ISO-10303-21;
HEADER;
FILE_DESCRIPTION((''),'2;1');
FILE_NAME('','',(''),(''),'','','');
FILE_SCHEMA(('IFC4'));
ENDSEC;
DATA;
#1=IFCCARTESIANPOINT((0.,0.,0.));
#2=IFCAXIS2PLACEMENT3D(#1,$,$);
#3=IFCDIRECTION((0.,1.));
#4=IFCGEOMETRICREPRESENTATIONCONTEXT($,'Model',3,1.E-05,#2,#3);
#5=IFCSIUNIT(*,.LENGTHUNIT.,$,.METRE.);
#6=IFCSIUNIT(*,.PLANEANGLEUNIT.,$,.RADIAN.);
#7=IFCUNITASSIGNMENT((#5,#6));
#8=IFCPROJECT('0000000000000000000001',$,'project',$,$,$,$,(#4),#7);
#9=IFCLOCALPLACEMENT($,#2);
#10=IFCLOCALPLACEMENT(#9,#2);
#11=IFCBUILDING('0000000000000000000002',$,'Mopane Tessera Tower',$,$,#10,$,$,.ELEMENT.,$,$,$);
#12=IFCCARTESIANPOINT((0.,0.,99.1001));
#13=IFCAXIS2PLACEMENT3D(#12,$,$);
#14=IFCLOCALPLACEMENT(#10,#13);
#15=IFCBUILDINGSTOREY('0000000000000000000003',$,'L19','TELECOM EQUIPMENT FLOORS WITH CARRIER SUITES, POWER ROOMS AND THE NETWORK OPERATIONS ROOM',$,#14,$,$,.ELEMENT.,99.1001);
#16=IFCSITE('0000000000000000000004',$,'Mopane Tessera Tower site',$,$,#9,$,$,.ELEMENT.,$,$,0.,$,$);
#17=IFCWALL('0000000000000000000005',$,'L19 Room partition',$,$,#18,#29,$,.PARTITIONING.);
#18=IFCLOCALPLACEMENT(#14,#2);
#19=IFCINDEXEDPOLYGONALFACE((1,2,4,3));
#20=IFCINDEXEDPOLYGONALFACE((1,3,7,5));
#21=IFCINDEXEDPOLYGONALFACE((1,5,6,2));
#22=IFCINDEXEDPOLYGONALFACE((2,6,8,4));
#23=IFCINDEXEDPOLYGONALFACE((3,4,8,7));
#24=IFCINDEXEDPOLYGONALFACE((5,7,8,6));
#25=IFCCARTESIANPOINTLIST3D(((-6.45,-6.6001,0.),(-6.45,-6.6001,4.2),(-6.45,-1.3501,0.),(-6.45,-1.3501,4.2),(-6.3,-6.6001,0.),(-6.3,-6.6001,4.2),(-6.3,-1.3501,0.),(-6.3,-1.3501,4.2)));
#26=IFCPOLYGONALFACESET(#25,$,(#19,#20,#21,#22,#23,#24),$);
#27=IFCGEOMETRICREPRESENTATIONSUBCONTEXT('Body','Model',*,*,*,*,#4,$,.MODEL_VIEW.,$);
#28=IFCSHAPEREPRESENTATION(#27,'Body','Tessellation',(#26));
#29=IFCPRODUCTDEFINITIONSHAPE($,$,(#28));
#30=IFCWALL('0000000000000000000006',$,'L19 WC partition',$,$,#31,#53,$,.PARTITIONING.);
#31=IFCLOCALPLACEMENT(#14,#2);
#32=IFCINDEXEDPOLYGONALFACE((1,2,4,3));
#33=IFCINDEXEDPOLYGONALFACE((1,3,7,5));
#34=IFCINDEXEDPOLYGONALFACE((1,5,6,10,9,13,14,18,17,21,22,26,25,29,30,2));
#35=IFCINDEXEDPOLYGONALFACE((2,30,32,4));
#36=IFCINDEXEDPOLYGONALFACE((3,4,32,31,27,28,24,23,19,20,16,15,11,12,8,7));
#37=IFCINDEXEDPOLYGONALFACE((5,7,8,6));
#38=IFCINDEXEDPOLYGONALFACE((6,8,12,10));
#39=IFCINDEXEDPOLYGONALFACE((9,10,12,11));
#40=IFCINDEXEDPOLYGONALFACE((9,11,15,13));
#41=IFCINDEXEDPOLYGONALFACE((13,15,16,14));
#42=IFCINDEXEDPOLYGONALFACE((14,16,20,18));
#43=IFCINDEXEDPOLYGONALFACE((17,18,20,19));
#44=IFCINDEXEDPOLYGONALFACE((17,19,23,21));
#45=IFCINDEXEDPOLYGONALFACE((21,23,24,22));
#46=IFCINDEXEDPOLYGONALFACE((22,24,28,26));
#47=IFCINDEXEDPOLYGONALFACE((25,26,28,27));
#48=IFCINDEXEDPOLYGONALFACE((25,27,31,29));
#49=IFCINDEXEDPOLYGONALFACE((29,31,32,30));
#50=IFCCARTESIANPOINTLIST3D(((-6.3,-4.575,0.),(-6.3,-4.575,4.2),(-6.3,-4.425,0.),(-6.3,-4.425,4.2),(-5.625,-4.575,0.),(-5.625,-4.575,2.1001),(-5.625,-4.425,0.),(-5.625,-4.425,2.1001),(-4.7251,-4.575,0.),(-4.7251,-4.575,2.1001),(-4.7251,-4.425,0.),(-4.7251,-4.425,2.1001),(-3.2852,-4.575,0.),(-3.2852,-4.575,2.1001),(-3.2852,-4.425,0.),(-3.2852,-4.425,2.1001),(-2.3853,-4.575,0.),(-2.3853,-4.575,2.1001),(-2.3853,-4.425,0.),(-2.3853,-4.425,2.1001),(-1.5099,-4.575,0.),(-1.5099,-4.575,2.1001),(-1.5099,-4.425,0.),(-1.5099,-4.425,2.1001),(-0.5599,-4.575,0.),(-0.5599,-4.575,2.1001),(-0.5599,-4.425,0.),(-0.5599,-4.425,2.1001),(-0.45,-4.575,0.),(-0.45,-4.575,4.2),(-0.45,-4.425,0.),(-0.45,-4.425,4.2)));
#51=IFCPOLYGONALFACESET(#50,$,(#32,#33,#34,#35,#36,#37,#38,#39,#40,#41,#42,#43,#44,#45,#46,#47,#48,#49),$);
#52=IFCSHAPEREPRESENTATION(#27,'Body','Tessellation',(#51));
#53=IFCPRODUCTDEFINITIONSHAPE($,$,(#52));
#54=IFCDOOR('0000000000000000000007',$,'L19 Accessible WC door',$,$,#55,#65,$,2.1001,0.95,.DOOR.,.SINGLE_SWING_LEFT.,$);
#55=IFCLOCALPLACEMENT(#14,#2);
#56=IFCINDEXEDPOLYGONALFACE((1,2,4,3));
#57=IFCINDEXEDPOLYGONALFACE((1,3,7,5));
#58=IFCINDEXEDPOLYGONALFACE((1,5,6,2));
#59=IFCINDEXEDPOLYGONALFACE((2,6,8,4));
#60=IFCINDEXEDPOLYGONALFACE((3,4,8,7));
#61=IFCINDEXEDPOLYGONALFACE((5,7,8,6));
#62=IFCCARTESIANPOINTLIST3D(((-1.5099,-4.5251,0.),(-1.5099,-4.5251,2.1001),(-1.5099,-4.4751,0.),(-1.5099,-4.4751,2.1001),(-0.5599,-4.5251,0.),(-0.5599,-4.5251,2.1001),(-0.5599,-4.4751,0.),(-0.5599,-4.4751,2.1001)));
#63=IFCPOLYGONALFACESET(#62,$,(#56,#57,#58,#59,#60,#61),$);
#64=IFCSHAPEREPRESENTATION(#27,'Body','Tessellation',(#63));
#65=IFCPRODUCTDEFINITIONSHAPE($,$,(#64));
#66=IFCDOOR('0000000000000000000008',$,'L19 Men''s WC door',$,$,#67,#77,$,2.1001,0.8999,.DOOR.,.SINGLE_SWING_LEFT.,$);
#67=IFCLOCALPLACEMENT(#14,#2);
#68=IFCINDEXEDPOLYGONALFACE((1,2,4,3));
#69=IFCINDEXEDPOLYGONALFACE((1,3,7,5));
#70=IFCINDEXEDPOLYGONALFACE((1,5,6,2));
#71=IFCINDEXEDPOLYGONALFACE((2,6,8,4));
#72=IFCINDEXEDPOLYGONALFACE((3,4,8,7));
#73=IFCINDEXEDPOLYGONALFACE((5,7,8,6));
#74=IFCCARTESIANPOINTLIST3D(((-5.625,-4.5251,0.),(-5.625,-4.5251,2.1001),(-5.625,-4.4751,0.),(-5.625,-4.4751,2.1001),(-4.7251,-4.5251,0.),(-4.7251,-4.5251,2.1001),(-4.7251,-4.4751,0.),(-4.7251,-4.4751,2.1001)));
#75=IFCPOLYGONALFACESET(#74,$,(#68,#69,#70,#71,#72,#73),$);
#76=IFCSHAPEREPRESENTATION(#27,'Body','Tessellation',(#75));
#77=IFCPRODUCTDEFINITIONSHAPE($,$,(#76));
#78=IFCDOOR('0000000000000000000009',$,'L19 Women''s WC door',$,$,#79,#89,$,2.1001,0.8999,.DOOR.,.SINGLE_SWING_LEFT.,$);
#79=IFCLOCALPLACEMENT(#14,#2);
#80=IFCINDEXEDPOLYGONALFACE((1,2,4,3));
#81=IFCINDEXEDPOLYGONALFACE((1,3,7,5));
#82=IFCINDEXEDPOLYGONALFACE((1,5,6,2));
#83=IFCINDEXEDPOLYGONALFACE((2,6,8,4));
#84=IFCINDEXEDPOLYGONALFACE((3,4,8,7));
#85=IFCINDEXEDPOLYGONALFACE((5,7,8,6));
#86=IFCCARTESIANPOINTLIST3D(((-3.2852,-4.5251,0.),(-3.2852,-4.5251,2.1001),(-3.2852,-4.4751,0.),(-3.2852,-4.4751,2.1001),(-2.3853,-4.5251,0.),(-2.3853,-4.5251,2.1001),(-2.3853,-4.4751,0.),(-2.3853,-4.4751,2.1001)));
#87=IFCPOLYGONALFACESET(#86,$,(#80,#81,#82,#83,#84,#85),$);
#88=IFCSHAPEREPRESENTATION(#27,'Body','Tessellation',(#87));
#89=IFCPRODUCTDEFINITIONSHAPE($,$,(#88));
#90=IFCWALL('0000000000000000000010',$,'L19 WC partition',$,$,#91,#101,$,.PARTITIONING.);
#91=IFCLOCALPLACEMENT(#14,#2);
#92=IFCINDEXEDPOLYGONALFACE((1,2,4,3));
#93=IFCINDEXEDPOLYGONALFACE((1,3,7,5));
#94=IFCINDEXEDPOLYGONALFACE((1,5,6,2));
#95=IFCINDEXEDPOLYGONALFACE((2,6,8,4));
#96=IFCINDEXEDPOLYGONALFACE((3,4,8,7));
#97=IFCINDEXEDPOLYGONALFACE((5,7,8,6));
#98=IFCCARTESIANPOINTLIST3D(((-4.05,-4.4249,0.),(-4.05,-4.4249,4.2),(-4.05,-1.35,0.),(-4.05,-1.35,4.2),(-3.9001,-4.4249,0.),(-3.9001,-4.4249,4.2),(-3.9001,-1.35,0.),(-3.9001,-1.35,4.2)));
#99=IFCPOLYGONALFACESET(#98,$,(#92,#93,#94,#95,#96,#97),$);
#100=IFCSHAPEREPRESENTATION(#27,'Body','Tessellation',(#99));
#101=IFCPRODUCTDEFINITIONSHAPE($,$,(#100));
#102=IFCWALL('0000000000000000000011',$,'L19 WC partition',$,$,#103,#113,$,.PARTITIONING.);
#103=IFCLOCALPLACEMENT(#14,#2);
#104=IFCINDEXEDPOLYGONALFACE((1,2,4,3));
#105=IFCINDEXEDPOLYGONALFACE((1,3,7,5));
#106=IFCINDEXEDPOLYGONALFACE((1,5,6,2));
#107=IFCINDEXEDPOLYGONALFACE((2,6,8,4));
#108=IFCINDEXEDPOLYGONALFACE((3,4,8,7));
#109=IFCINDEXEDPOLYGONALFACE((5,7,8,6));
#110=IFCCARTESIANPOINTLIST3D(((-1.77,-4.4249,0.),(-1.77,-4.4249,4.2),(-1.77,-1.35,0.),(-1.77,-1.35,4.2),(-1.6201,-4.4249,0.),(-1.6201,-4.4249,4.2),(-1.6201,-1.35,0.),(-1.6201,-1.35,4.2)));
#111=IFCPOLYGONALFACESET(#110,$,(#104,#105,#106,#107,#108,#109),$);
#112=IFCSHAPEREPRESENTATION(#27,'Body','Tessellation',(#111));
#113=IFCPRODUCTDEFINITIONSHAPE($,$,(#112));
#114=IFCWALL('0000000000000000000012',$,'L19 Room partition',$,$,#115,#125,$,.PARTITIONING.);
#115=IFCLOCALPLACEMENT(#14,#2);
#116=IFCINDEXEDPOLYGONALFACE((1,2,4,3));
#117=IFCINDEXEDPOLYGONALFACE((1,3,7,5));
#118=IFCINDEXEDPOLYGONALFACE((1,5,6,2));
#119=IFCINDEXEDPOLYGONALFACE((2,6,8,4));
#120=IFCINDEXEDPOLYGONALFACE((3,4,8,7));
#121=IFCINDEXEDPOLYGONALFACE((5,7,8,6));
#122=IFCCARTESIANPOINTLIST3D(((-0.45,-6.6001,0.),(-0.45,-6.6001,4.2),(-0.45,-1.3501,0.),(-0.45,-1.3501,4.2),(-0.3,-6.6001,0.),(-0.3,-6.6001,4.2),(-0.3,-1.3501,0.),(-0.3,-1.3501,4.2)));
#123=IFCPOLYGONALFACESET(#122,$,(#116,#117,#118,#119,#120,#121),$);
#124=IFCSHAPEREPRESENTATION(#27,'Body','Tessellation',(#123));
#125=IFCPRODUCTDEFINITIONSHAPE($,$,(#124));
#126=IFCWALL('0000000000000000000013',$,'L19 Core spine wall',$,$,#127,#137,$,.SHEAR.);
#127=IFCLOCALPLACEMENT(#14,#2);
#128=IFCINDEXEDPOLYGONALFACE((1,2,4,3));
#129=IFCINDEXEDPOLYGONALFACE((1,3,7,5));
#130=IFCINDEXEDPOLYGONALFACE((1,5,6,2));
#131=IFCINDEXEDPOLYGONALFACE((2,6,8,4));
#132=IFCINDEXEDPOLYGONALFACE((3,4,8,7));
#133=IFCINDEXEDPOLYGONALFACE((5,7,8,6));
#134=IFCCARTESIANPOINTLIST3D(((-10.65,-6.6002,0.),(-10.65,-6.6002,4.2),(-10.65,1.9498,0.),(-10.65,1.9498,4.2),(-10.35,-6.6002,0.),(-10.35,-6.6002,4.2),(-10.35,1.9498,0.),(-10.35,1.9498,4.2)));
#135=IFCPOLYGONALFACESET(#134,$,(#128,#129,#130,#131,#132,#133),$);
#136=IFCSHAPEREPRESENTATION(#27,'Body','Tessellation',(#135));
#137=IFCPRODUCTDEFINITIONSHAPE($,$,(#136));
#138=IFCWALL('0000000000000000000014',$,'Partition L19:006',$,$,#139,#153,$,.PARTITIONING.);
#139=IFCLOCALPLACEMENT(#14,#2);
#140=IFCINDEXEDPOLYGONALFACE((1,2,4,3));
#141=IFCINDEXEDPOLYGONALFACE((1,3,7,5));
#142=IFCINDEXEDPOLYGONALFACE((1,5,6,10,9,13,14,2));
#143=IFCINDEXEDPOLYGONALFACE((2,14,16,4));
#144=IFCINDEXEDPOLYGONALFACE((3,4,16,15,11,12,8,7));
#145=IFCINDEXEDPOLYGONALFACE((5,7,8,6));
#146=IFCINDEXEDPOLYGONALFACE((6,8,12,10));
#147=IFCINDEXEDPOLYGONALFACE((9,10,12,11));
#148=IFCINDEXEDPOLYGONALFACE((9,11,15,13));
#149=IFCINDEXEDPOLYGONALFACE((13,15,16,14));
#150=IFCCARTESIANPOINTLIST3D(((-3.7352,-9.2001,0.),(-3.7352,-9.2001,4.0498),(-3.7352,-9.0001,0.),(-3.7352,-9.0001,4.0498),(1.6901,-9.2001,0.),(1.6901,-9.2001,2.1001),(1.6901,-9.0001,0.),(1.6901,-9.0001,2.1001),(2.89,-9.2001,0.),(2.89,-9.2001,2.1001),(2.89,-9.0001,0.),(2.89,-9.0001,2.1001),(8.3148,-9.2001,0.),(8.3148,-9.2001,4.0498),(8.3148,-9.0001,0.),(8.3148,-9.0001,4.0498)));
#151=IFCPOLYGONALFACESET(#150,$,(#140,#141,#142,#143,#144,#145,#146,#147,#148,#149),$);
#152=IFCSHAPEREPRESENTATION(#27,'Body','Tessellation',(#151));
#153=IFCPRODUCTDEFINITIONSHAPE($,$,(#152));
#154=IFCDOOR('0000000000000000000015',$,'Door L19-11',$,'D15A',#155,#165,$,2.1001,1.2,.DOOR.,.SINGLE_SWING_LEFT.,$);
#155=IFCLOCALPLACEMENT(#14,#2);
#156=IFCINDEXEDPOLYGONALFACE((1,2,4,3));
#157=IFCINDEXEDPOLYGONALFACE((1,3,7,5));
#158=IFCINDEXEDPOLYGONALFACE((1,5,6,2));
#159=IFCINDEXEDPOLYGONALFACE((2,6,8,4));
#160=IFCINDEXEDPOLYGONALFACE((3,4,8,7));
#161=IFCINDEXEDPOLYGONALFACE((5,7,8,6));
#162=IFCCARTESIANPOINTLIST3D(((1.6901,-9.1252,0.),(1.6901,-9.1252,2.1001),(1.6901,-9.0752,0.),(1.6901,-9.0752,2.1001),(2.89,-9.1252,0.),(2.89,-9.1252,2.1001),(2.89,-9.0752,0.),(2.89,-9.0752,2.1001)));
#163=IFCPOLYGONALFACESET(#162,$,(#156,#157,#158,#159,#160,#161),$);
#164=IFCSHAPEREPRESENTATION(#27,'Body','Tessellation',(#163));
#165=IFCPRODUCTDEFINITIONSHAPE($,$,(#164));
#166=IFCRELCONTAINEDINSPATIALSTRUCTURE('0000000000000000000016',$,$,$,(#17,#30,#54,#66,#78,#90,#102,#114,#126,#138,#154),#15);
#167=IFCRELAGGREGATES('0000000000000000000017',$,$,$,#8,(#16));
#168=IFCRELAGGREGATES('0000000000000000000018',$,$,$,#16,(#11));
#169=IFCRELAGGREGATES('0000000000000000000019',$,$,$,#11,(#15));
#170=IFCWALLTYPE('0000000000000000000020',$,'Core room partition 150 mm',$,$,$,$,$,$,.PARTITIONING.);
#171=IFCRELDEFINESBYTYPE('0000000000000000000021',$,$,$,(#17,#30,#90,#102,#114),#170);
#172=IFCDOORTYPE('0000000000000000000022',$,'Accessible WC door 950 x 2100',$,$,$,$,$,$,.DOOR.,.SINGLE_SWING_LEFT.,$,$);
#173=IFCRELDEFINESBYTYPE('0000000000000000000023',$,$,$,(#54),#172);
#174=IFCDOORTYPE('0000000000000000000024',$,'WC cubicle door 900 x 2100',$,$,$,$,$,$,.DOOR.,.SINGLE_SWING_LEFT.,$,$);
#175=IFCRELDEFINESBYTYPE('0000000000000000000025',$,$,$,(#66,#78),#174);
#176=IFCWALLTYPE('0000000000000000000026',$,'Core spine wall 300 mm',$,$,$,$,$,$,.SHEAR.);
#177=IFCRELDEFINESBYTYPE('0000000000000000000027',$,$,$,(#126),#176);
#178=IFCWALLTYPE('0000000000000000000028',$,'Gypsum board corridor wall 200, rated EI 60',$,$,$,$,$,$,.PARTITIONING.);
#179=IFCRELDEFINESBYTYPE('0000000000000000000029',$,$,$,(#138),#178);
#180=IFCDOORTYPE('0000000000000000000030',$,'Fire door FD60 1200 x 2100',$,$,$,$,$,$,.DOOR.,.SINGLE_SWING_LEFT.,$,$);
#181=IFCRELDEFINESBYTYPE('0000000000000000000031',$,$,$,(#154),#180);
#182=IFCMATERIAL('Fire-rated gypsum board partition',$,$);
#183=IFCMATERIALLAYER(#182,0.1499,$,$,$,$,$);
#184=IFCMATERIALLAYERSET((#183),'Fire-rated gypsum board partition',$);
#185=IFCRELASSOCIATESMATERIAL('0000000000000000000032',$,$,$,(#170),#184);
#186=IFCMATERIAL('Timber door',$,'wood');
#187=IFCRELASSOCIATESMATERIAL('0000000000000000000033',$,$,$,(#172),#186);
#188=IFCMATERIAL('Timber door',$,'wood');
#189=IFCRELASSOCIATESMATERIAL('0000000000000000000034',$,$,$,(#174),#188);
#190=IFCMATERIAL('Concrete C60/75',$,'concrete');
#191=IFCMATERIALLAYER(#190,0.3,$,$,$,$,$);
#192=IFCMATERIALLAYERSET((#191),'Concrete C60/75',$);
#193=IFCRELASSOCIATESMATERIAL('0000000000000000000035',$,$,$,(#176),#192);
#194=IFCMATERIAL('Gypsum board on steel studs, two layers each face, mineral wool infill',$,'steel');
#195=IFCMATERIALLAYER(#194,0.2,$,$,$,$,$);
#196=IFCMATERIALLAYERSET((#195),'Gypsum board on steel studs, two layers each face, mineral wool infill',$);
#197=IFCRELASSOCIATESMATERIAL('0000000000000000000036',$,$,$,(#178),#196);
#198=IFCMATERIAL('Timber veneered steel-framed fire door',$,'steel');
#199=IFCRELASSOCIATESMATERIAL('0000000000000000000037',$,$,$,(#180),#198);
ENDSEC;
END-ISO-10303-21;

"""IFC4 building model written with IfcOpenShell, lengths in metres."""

from ifc_helpers import new_model, si_unit, direction, frame, frame_2d, origin, place, context, subcontext, project, spatial, rectangle, extrude, material, layer, layer_set, type_object, element, fill, save


model = new_model("IFC4")

# Units and contexts
model_context = context("Model", 3, precision=1e-05, world=origin(), true_north=direction((0.0, 1.0)))
body_context = subcontext(model_context, "Body", "Model", "MODEL_VIEW")
ifc_project = project(units=[si_unit("LENGTHUNIT", "METRE"), si_unit("PLANEANGLEUNIT", "RADIAN")], contexts=[model_context])

# Site, building, storey
site_placement = place(None, origin())
site = spatial("IfcSite", under=ifc_project, at=site_placement, Name="Mopane Tessera Tower site", CompositionType="ELEMENT", RefElevation=0.0)
building_placement = place(site_placement, origin())
building = spatial("IfcBuilding", under=site, at=building_placement, Name="Mopane Tessera Tower", CompositionType="ELEMENT")
storey_placement = place(building_placement, frame((0.0, 0.0, 99.1001)))
storey = spatial("IfcBuildingStorey", under=building, at=storey_placement, Name="L19", Description="TELECOM EQUIPMENT FLOORS WITH CARRIER SUITES, POWER ROOMS AND THE NETWORK OPERATIONS ROOM", CompositionType="ELEMENT", Elevation=99.1001)

# Wall
ifc_material_1 = material(Name="Fire-rated gypsum board partition")
ifc_layer_1 = layer(ifc_material_1, 0.1499)
ifc_layer_set_1 = layer_set([ifc_layer_1], Name="Fire-rated gypsum board partition")
wall_type_1 = type_object("IfcWallType", Name="Core room partition 150 mm", PredefinedType="PARTITIONING", material=ifc_layer_set_1)
wall_1_placement = place(storey_placement, frame((-6.375, -6.6001, 0.0), z_axis=(0.0, 0.0, 1.0), x_axis=(0.0, 1.0, 0.0)))
element("IfcWall", 1, at=wall_1_placement, inside=storey, type_object=wall_type_1, Name="L19 Room partition", PredefinedType="PARTITIONING", context=body_context, shape_type="SweptSolid", body=[
    extrude(rectangle(XDim=5.25, YDim=0.1499, at=frame_2d((2.625, 0.0))), origin(), (0.0, 0.0, 1.0), 4.2),
])

# Wall, openings, doors
wall_2_placement = place(storey_placement, frame((-6.3, -4.5, 0.0), z_axis=(0.0, 0.0, 1.0), x_axis=(1.0, 0.0, 0.0)))
wall_2 = element("IfcWall", 2, at=wall_2_placement, inside=storey, type_object=wall_type_1, Name="L19 WC partition", PredefinedType="PARTITIONING", context=body_context, shape_type="SweptSolid", body=[
    extrude(rectangle(XDim=5.8501, YDim=0.1499, at=frame_2d((2.925, 0.0))), origin(), (0.0, 0.0, 1.0), 4.2),
])
opening_1_placement = place(wall_2_placement, frame((0.675, 0.0, 0.0)))
opening_1 = element("IfcOpeningElement", 3, at=opening_1_placement, cuts=wall_2, PredefinedType="OPENING", context=body_context, shape_type="SweptSolid", body=[
    extrude(rectangle(XDim=0.8999, YDim=2.1001, at=frame_2d((0.45, 1.05))), frame((0.0, 0.0869, 0.0), z_axis=(0.0, -1.0, 0.0), x_axis=(1.0, 0.0, 0.0)), (0.0, 0.0, 1.0), 0.1738),
])
opening_2_placement = place(wall_2_placement, frame((3.0149, 0.0, 0.0)))
opening_2 = element("IfcOpeningElement", 4, at=opening_2_placement, cuts=wall_2, PredefinedType="OPENING", context=body_context, shape_type="SweptSolid", body=[
    extrude(rectangle(XDim=0.8999, YDim=2.1001, at=frame_2d((0.45, 1.05))), frame((0.0, 0.0869, 0.0), z_axis=(0.0, -1.0, 0.0), x_axis=(1.0, 0.0, 0.0)), (0.0, 0.0, 1.0), 0.1738),
])
opening_3_placement = place(wall_2_placement, frame((4.79, 0.0, 0.0)))
opening_3 = element("IfcOpeningElement", 5, at=opening_3_placement, cuts=wall_2, PredefinedType="OPENING", context=body_context, shape_type="SweptSolid", body=[
    extrude(rectangle(XDim=0.95, YDim=2.1001, at=frame_2d((0.4751, 1.05))), frame((0.0, 0.0869, 0.0), z_axis=(0.0, -1.0, 0.0), x_axis=(1.0, 0.0, 0.0)), (0.0, 0.0, 1.0), 0.1738),
])
ifc_material_2 = material(Name="Timber door", Category="wood")
door_type_1 = type_object("IfcDoorType", Name="Accessible WC door 950 x 2100", OperationType="SINGLE_SWING_LEFT", PredefinedType="DOOR", material=ifc_material_2)
door_1_placement = place(opening_3_placement, origin())
door_1 = element("IfcDoor", 6, at=door_1_placement, inside=storey, type_object=door_type_1, Name="L19 Accessible WC door", OperationType="SINGLE_SWING_LEFT", OverallHeight=2.1001, OverallWidth=0.95, PredefinedType="DOOR", context=body_context, shape_type="SweptSolid", body=[
    extrude(rectangle(XDim=0.95, YDim=2.1001, at=frame_2d((0.4751, 1.05))), frame((0.0, 0.0249, 0.0), z_axis=(0.0, -1.0, 0.0), x_axis=(1.0, 0.0, 0.0)), (0.0, 0.0, 1.0), 0.05),
])
fill(opening_3, door_1)
ifc_material_3 = material(Name="Timber door", Category="wood")
door_type_2 = type_object("IfcDoorType", Name="WC cubicle door 900 x 2100", OperationType="SINGLE_SWING_LEFT", PredefinedType="DOOR", material=ifc_material_3)
door_2_placement = place(opening_1_placement, origin())
door_2 = element("IfcDoor", 7, at=door_2_placement, inside=storey, type_object=door_type_2, Name="L19 Men's WC door", OperationType="SINGLE_SWING_LEFT", OverallHeight=2.1001, OverallWidth=0.8999, PredefinedType="DOOR", context=body_context, shape_type="SweptSolid", body=[
    extrude(rectangle(XDim=0.8999, YDim=2.1001, at=frame_2d((0.45, 1.05))), frame((0.0, 0.0249, 0.0), z_axis=(0.0, -1.0, 0.0), x_axis=(1.0, 0.0, 0.0)), (0.0, 0.0, 1.0), 0.05),
])
fill(opening_1, door_2)
door_3_placement = place(opening_2_placement, origin())
door_3 = element("IfcDoor", 8, at=door_3_placement, inside=storey, type_object=door_type_2, Name="L19 Women's WC door", OperationType="SINGLE_SWING_LEFT", OverallHeight=2.1001, OverallWidth=0.8999, PredefinedType="DOOR", context=body_context, shape_type="SweptSolid", body=[
    extrude(rectangle(XDim=0.8999, YDim=2.1001, at=frame_2d((0.45, 1.05))), frame((0.0, 0.0249, 0.0), z_axis=(0.0, -1.0, 0.0), x_axis=(1.0, 0.0, 0.0)), (0.0, 0.0, 1.0), 0.05),
])
fill(opening_2, door_3)

# Walls
for number, where, z_axis, x_axis, name in (
    (9, (-3.9751, -4.425, 0.0), (0.0, 0.0, 1.0), (0.0, 1.0, 0.0), "L19 WC partition"),
    (10, (-1.6951, -4.425, 0.0), (0.0, 0.0, 1.0), (0.0, 1.0, 0.0), "L19 WC partition"),
):
    element("IfcWall", number, at=place(storey_placement, frame(where, z_axis=z_axis, x_axis=x_axis)), inside=storey, type_object=wall_type_1, Name=name, PredefinedType="PARTITIONING", context=body_context, shape_type="SweptSolid", body=[
        extrude(rectangle(XDim=3.075, YDim=0.1499, at=frame_2d((1.5376, 0.0))), origin(), (0.0, 0.0, 1.0), 4.2),
    ])
wall_3_placement = place(storey_placement, frame((-0.375, -6.6001, 0.0), z_axis=(0.0, 0.0, 1.0), x_axis=(0.0, 1.0, 0.0)))
element("IfcWall", 11, at=wall_3_placement, inside=storey, type_object=wall_type_1, Name="L19 Room partition", PredefinedType="PARTITIONING", context=body_context, shape_type="SweptSolid", body=[
    extrude(rectangle(XDim=5.25, YDim=0.1499, at=frame_2d((2.625, 0.0))), origin(), (0.0, 0.0, 1.0), 4.2),
])
ifc_material_4 = material(Name="Concrete C60/75", Category="concrete")
ifc_layer_2 = layer(ifc_material_4, 0.3)
ifc_layer_set_2 = layer_set([ifc_layer_2], Name="Concrete C60/75")
wall_type_2 = type_object("IfcWallType", Name="Core spine wall 300 mm", PredefinedType="SHEAR", material=ifc_layer_set_2)
wall_4_placement = place(storey_placement, frame((-10.5, -6.6001, 0.0), z_axis=(0.0, 0.0, 1.0), x_axis=(0.0, 1.0, 0.0)))
element("IfcWall", 12, at=wall_4_placement, inside=storey, type_object=wall_type_2, Name="L19 Core spine wall", PredefinedType="SHEAR", context=body_context, shape_type="SweptSolid", body=[
    extrude(rectangle(XDim=8.55, YDim=0.3, at=frame_2d((4.2749, 0.0))), origin(), (0.0, 0.0, 1.0), 4.2),
])

# Wall, opening, door
ifc_material_5 = material(Name="Gypsum board on steel studs, two layers each face, mineral wool infill", Category="steel")
ifc_layer_3 = layer(ifc_material_5, 0.2)
ifc_layer_set_3 = layer_set([ifc_layer_3], Name="Gypsum board on steel studs, two layers each face, mineral wool infill")
wall_type_3 = type_object("IfcWallType", Name="Gypsum board corridor wall 200, rated EI 60", PredefinedType="PARTITIONING", material=ifc_layer_set_3)
wall_5_placement = place(storey_placement, frame((-3.7351, -9.1001, 0.0), z_axis=(0.0, 0.0, 1.0), x_axis=(1.0, 0.0, 0.0)))
wall_5 = element("IfcWall", 13, at=wall_5_placement, inside=storey, type_object=wall_type_3, Name="Partition L19:006", PredefinedType="PARTITIONING", context=body_context, shape_type="SweptSolid", body=[
    extrude(rectangle(XDim=12.05, YDim=0.2, at=frame_2d((6.0249, 0.0))), origin(), (0.0, 0.0, 1.0), 4.0498),
])
opening_4_placement = place(wall_5_placement, frame((5.425, 0.0, 0.0)))
opening_4 = element("IfcOpeningElement", 14, at=opening_4_placement, cuts=wall_5, PredefinedType="OPENING", context=body_context, shape_type="SweptSolid", body=[
    extrude(rectangle(XDim=1.2, YDim=2.1001, at=frame_2d((0.6001, 1.05))), frame((0.0, 0.1121, 0.0), z_axis=(0.0, -1.0, 0.0), x_axis=(1.0, 0.0, 0.0)), (0.0, 0.0, 1.0), 0.2239),
])
ifc_material_6 = material(Name="Timber veneered steel-framed fire door", Category="steel")
door_type_3 = type_object("IfcDoorType", Name="Fire door FD60 1200 x 2100", OperationType="SINGLE_SWING_LEFT", PredefinedType="DOOR", material=ifc_material_6)
door_4_placement = place(opening_4_placement, origin())
door_4 = element("IfcDoor", 15, at=door_4_placement, inside=storey, type_object=door_type_3, Name="Door L19-11", ObjectType="D15A", OperationType="SINGLE_SWING_LEFT", OverallHeight=2.1001, OverallWidth=1.2, PredefinedType="DOOR", context=body_context, shape_type="SweptSolid", body=[
    extrude(rectangle(XDim=1.2, YDim=2.1001, at=frame_2d((0.6001, 1.05))), frame((0.0, 0.0249, 0.0), z_axis=(0.0, -1.0, 0.0), x_axis=(1.0, 0.0, 0.0)), (0.0, 0.0, 1.0), 0.05),
])
fill(opening_4, door_4)

save(model, "model.ifc")
